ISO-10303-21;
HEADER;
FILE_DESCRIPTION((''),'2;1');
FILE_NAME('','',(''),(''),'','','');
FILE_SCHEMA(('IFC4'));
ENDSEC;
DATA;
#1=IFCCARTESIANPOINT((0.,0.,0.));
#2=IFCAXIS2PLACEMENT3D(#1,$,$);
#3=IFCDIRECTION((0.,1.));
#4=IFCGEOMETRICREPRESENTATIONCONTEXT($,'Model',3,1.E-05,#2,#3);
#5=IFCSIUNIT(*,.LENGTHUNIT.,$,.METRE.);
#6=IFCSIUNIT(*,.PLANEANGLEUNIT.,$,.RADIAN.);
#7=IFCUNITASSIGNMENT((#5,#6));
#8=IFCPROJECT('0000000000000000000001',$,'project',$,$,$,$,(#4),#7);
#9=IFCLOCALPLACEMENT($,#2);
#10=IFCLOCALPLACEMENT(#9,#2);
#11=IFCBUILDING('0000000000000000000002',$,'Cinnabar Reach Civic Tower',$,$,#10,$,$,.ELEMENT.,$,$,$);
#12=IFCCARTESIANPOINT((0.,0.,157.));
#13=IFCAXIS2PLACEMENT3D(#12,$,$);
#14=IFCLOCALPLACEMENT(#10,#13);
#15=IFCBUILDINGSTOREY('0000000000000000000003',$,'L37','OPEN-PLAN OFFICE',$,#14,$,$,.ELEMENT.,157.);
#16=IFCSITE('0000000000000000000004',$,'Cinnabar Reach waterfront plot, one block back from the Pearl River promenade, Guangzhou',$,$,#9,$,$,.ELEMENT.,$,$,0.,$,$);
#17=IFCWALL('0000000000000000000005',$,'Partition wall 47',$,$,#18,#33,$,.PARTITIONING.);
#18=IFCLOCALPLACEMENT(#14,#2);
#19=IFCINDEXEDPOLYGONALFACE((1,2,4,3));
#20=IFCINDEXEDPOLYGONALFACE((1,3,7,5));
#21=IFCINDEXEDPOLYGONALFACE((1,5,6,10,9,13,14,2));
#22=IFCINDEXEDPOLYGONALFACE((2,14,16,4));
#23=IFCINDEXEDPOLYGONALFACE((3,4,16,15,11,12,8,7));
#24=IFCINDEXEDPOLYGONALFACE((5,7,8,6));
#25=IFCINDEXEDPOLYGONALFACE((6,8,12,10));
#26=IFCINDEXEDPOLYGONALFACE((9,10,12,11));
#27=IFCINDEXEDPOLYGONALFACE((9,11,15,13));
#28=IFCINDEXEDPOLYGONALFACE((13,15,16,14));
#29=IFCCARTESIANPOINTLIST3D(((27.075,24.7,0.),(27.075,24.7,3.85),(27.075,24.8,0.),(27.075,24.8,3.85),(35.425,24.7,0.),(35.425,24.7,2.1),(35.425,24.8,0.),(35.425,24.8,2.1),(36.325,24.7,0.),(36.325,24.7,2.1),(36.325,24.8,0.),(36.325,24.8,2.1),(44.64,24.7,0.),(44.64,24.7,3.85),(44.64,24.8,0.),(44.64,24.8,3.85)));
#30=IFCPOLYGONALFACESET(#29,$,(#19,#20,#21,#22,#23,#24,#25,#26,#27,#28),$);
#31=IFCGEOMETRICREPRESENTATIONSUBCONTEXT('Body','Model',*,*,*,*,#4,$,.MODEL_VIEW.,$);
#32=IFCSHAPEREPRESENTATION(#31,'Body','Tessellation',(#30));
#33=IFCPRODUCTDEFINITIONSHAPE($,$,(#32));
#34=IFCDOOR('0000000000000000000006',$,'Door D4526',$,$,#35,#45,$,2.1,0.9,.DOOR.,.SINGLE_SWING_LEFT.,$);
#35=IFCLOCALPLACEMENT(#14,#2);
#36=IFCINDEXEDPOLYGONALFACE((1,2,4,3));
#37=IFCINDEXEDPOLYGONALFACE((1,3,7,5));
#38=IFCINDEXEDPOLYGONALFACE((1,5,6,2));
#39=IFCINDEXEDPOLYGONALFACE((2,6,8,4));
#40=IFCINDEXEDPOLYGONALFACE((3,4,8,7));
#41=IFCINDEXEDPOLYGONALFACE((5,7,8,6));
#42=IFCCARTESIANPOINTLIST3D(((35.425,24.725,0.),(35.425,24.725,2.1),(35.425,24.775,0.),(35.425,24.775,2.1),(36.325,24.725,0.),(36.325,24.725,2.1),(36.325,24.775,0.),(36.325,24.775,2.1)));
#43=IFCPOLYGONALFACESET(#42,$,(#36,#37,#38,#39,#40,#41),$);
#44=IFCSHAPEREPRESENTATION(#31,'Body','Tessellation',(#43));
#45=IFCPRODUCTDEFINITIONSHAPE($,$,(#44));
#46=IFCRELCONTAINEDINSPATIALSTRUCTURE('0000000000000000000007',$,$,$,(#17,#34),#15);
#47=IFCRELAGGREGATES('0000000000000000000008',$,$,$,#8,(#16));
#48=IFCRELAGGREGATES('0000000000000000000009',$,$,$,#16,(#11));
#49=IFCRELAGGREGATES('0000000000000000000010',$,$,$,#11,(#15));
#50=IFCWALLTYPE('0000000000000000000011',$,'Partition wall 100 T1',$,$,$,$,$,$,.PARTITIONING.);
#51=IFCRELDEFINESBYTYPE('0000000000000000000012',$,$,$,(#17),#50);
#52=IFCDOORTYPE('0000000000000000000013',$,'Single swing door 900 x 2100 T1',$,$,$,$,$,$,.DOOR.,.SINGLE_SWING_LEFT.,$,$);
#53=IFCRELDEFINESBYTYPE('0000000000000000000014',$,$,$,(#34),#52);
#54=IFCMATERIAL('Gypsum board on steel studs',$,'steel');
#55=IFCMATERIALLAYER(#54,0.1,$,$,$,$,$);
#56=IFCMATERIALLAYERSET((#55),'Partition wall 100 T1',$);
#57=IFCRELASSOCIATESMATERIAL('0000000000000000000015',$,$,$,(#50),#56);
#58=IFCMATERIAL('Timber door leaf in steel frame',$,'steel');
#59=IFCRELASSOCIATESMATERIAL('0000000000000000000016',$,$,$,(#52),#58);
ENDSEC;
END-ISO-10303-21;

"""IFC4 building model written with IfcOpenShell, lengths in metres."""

from ifc_helpers import new_model, si_unit, direction, frame, frame_2d, origin, place, context, subcontext, project, spatial, rectangle, extrude, material, layer, layer_set, type_object, element, fill, save


model = new_model("IFC4")

# Units and contexts
model_context = context("Model", 3, precision=1e-05, world=origin(), true_north=direction((0.0, 1.0)))
body_context = subcontext(model_context, "Body", "Model", "MODEL_VIEW")
ifc_project = project(units=[si_unit("LENGTHUNIT", "METRE"), si_unit("PLANEANGLEUNIT", "RADIAN")], contexts=[model_context])

# Site, building, storey
site_placement = place(None, origin())
site = spatial("IfcSite", under=ifc_project, at=site_placement, Name="Cinnabar Reach waterfront plot, one block back from the Pearl River promenade, Guangzhou", CompositionType="ELEMENT", RefElevation=0.0)
building_placement = place(site_placement, origin())
building = spatial("IfcBuilding", under=site, at=building_placement, Name="Cinnabar Reach Civic Tower", CompositionType="ELEMENT")
storey_placement = place(building_placement, frame((0.0, 0.0, 157.0)))
storey = spatial("IfcBuildingStorey", under=building, at=storey_placement, Name="L37", Description="OPEN-PLAN OFFICE", CompositionType="ELEMENT", Elevation=157.0)

# Shared definitions
ifc_material_1 = material(Name="Timber door leaf in steel frame", Category="steel")

# Wall, opening, door
ifc_material_2 = material(Name="Gypsum board on steel studs", Category="steel")
ifc_layer_1 = layer(ifc_material_2, 0.1)
ifc_layer_set_1 = layer_set([ifc_layer_1], Name="Partition wall 100 T1")
wall_type_1 = type_object("IfcWallType", Name="Partition wall 100 T1", PredefinedType="PARTITIONING", material=ifc_layer_set_1)
wall_1_placement = place(storey_placement, frame((27.075, 24.75, 0.0), z_axis=(0.0, 0.0, 1.0), x_axis=(1.0, 0.0, 0.0)))
wall_1 = element("IfcWall", 1, at=wall_1_placement, inside=storey, type_object=wall_type_1, Name="Partition wall 47", PredefinedType="PARTITIONING", context=body_context, shape_type="SweptSolid", body=[
    extrude(rectangle(XDim=17.565, YDim=0.1, at=frame_2d((8.7825, 0.0))), origin(), (0.0, 0.0, 1.0), 3.85),
])
opening_1_placement = place(wall_1_placement, frame((8.35, 0.0, 0.0)))
opening_1 = element("IfcOpeningElement", 2, at=opening_1_placement, cuts=wall_1, PredefinedType="OPENING", context=body_context, shape_type="SweptSolid", body=[
    extrude(rectangle(XDim=0.9, YDim=2.1, at=frame_2d((0.45, 1.05))), frame((0.0, 0.06, 0.0), z_axis=(0.0, -1.0, 0.0), x_axis=(1.0, 0.0, 0.0)), (0.0, 0.0, 1.0), 0.12),
])
door_type_1 = type_object("IfcDoorType", Name="Single swing door 900 x 2100 T1", OperationType="SINGLE_SWING_LEFT", PredefinedType="DOOR", material=ifc_material_1)
door_1_placement = place(opening_1_placement, frame((0.9, 0.0, 0.0), z_axis=(0.0, 0.0, 1.0), x_axis=(-1.0, 0.0, 0.0)))
door_1 = element("IfcDoor", 3, at=door_1_placement, inside=storey, type_object=door_type_1, Name="Door D4526", OperationType="SINGLE_SWING_LEFT", OverallHeight=2.1, OverallWidth=0.9, PredefinedType="DOOR", context=body_context, shape_type="SweptSolid", body=[
    extrude(rectangle(XDim=0.9, YDim=2.1, at=frame_2d((0.45, 1.05))), frame((0.0, 0.025, 0.0), z_axis=(0.0, -1.0, 0.0), x_axis=(1.0, 0.0, 0.0)), (0.0, 0.0, 1.0), 0.05),
])
fill(opening_1, door_1)

save(model, "model.ifc")
